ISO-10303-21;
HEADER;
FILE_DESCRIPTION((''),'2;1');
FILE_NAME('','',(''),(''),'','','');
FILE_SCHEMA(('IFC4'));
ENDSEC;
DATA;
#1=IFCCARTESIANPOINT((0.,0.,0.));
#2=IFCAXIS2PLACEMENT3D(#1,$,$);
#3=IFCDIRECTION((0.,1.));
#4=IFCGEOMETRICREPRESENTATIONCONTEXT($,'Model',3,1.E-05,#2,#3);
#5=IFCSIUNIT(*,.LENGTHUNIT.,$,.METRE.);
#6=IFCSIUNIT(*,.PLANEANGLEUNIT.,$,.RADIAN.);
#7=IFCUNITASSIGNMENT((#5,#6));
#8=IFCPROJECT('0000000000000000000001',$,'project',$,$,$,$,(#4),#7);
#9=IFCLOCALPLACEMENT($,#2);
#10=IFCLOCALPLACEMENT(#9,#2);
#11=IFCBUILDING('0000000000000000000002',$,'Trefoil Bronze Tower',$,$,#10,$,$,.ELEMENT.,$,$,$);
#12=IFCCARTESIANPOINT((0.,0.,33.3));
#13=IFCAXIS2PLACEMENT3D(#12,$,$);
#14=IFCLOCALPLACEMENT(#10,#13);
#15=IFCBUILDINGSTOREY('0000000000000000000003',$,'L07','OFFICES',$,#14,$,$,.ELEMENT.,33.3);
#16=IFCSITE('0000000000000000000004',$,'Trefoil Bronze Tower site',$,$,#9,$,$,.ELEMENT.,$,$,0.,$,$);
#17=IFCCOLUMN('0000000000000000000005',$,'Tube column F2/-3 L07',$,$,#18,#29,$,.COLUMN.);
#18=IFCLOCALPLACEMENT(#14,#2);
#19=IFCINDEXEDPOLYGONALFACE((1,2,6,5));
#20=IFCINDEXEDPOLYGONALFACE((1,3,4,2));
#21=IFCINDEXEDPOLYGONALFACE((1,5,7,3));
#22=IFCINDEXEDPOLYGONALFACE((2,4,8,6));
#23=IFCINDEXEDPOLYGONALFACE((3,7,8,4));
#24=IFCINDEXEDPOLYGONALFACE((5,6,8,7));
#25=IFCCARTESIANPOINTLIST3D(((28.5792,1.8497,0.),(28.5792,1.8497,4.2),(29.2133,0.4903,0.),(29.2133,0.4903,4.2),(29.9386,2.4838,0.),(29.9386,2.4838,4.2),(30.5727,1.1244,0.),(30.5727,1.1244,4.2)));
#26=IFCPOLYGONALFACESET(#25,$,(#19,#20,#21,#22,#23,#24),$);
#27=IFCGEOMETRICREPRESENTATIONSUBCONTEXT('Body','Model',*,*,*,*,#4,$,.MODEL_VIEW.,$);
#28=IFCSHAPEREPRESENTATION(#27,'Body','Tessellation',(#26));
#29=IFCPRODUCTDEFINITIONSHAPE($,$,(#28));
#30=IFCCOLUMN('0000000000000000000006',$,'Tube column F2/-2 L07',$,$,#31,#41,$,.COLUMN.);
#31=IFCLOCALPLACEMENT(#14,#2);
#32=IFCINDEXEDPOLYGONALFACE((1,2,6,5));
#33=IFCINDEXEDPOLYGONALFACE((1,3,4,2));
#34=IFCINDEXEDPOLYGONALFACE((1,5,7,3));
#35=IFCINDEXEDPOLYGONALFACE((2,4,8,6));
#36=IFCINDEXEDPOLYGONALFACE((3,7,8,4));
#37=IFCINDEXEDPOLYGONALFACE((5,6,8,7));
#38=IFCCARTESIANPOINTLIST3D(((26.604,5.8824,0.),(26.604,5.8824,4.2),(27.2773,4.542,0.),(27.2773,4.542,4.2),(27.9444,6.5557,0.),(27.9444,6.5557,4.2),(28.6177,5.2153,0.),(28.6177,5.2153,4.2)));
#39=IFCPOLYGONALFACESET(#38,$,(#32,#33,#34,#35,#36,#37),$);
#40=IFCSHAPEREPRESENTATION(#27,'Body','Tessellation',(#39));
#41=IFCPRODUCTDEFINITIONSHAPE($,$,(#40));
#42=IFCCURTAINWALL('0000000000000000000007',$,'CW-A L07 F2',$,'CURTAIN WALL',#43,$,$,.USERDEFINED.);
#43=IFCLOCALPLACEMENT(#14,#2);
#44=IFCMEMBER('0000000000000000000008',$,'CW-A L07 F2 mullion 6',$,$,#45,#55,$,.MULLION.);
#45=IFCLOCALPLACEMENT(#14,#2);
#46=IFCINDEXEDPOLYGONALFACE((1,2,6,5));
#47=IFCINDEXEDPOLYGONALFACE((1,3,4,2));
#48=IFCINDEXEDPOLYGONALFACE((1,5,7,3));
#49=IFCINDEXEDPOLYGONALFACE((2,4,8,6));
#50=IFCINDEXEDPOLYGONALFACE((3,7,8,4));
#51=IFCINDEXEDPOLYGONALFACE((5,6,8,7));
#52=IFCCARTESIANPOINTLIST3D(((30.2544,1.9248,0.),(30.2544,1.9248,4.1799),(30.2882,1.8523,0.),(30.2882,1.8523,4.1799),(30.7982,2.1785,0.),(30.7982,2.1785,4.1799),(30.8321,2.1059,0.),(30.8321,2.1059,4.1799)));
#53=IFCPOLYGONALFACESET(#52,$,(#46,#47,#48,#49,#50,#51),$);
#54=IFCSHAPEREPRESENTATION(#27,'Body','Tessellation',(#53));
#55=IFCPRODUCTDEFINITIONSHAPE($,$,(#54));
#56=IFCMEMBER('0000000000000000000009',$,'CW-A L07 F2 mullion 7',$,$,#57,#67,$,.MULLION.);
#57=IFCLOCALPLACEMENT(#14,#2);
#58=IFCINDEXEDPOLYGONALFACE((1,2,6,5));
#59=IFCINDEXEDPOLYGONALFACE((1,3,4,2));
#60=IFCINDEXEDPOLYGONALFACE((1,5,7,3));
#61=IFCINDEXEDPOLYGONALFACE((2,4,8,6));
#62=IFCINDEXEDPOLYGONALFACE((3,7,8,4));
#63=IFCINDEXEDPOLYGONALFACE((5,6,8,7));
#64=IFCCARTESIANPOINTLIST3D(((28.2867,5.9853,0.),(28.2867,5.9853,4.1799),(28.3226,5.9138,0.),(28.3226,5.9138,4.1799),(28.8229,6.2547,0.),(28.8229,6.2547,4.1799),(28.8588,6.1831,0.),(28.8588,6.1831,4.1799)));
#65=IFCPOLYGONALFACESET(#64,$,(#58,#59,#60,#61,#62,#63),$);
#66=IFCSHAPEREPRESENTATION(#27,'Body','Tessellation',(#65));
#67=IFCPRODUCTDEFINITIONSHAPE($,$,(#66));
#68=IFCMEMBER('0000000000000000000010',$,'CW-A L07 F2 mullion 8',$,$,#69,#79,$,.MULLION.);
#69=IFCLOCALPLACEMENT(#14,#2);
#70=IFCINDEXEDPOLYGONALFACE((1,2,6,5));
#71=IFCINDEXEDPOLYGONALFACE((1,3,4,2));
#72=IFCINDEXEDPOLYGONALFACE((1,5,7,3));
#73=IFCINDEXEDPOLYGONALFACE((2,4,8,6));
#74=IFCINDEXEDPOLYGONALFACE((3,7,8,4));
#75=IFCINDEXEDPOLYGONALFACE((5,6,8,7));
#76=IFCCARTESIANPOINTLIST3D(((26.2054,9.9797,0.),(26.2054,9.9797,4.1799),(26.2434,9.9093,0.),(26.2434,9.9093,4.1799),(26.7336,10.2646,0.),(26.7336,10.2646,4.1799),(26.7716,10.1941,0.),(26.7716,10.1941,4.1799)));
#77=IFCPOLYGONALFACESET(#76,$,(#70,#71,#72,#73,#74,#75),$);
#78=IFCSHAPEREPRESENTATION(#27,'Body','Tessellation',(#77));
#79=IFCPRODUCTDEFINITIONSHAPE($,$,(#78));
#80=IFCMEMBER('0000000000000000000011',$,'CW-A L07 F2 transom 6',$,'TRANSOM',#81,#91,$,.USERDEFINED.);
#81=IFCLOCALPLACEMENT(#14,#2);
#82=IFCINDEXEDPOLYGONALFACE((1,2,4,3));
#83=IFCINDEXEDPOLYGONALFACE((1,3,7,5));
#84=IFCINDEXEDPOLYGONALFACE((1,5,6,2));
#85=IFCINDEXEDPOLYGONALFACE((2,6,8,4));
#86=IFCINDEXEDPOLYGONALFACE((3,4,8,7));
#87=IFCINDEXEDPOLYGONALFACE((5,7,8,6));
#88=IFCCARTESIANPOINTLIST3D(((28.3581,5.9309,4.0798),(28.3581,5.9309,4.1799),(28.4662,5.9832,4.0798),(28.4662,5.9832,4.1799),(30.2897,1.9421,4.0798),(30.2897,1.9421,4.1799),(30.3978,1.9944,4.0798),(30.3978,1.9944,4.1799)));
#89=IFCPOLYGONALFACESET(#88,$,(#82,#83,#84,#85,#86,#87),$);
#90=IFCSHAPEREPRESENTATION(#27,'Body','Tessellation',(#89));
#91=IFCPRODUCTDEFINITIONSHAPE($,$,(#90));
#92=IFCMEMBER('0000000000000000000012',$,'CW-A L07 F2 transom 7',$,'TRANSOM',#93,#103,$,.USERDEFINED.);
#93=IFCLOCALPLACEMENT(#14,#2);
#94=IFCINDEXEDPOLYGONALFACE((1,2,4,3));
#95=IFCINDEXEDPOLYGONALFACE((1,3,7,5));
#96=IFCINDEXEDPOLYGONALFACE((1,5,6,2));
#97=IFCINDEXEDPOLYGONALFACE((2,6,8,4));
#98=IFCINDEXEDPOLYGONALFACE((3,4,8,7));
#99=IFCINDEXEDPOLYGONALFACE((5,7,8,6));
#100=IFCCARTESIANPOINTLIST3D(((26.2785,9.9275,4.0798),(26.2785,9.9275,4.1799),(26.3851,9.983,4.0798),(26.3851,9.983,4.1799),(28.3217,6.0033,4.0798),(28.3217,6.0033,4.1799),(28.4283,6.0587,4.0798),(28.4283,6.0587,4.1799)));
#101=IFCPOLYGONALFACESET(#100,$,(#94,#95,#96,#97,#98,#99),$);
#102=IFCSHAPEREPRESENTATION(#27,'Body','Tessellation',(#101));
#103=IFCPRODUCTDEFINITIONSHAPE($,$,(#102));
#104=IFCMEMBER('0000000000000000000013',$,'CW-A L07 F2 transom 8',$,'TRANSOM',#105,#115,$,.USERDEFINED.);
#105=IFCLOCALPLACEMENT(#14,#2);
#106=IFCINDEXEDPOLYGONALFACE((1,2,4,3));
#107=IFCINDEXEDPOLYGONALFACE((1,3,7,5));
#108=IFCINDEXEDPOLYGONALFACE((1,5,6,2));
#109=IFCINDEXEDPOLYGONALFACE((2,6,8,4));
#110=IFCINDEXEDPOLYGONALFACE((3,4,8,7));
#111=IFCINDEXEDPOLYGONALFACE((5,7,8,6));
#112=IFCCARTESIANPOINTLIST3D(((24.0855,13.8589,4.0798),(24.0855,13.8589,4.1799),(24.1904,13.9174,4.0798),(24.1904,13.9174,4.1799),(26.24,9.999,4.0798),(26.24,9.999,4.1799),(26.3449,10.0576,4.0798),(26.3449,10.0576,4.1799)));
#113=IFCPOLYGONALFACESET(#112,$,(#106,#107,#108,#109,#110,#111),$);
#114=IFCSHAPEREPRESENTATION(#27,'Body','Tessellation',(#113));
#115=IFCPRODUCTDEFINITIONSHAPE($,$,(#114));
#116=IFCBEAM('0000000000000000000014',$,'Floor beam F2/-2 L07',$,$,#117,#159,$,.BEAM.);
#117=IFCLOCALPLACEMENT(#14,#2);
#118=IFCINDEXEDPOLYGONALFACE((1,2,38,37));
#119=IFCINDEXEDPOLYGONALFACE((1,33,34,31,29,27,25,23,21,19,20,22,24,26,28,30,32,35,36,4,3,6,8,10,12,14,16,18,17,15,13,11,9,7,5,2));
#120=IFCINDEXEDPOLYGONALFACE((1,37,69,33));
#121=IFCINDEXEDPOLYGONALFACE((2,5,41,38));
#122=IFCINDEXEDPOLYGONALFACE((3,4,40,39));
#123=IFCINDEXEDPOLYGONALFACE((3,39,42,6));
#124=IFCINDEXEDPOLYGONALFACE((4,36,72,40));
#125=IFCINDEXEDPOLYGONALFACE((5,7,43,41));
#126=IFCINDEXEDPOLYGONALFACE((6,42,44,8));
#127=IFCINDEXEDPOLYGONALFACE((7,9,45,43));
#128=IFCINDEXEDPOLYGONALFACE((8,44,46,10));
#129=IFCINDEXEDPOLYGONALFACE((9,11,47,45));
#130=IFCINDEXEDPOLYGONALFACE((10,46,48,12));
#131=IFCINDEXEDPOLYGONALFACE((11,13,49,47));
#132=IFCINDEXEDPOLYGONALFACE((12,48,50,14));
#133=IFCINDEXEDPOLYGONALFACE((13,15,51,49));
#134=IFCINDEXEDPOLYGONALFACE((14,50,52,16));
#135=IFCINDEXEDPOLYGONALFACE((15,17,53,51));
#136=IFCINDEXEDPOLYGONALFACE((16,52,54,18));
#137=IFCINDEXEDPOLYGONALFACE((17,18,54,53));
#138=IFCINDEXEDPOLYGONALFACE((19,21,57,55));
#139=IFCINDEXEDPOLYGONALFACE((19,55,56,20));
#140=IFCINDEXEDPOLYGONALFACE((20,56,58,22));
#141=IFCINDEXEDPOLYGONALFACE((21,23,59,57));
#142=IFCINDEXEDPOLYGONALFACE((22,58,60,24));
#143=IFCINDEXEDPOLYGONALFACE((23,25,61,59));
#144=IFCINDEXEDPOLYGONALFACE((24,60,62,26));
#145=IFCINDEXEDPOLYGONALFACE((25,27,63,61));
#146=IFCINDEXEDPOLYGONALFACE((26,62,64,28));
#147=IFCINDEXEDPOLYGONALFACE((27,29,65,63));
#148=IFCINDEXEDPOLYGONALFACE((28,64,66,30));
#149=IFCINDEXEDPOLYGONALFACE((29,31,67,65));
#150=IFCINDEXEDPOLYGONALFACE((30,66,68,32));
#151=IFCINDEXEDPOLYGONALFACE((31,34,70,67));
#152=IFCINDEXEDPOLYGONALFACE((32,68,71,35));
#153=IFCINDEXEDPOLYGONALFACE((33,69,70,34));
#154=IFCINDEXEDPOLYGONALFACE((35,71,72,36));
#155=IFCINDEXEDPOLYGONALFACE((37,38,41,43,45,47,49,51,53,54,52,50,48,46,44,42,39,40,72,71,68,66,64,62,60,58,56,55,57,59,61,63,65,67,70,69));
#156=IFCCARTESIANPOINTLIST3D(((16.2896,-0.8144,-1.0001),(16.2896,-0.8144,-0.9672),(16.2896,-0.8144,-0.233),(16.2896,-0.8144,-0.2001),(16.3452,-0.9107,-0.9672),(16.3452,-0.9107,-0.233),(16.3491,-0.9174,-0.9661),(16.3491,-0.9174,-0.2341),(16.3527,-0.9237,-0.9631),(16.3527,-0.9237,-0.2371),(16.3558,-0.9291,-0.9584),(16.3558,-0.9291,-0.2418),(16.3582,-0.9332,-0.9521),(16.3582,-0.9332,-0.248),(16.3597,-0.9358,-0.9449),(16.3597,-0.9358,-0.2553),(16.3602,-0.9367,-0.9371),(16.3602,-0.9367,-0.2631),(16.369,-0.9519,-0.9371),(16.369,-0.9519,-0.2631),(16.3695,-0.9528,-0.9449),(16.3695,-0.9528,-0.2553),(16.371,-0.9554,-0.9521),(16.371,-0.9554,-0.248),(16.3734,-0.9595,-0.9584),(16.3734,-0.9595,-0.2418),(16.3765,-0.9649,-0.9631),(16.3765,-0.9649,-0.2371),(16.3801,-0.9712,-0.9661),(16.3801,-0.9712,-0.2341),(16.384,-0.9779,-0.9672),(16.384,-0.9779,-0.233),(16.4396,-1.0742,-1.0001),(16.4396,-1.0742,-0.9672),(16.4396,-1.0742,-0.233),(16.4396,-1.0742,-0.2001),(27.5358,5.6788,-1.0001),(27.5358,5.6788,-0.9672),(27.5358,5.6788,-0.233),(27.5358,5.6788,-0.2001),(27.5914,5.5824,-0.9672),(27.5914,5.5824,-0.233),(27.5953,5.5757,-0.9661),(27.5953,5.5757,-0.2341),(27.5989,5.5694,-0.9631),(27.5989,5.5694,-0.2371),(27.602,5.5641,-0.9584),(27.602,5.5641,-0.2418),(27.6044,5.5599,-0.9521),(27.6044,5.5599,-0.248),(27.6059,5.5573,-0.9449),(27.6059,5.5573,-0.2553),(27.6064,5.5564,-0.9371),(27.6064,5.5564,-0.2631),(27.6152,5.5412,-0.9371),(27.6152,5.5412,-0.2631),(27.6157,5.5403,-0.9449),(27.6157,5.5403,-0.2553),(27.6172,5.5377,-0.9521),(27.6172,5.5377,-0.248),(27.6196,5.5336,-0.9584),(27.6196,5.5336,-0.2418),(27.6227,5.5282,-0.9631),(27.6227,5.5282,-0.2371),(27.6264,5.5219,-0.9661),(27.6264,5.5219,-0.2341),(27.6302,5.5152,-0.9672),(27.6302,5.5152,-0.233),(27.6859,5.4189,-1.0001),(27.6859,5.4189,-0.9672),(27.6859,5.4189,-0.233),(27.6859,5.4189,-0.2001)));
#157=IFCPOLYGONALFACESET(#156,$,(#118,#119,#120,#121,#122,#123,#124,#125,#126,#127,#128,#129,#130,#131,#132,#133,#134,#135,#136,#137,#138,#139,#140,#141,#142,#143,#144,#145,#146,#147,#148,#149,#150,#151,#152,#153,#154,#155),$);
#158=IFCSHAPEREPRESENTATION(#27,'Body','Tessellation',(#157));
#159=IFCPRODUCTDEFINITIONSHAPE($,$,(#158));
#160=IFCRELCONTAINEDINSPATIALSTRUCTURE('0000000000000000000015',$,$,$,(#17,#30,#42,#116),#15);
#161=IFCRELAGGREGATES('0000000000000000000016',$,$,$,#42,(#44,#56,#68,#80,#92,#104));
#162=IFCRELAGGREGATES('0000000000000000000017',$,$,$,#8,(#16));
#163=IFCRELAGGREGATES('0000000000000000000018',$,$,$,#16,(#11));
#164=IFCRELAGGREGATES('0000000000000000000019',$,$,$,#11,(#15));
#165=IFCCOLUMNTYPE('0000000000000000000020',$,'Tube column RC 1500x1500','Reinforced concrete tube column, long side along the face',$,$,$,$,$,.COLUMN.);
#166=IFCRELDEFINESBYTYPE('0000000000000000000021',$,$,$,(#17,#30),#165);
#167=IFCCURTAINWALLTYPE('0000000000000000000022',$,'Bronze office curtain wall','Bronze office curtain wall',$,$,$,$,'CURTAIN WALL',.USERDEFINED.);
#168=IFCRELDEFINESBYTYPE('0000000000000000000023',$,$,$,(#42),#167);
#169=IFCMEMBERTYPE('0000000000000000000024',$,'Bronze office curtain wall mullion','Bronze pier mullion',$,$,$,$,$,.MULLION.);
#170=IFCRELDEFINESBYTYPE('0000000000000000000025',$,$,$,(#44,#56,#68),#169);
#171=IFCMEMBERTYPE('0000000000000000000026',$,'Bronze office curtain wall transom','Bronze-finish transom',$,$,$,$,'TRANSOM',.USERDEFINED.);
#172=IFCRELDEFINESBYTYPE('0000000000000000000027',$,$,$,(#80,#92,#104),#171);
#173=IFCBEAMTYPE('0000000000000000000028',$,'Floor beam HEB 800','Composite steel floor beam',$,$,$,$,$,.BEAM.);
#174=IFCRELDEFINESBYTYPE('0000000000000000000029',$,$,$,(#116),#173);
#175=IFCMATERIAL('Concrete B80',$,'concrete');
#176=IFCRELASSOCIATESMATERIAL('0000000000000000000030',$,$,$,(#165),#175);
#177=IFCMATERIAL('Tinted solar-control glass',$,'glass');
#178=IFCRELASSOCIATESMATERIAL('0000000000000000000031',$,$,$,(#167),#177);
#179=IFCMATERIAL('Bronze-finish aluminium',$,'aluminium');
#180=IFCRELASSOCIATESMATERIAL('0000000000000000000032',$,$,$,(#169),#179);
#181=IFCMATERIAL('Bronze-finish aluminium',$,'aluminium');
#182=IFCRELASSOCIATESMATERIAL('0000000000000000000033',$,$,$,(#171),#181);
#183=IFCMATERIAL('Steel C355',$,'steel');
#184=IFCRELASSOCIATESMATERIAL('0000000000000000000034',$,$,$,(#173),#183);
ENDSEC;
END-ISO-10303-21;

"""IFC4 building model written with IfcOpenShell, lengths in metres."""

from ifc_helpers import new_model, si_unit, direction, frame, origin, origin_2d, place, context, subcontext, project, spatial, rectangle, i_section, extrude, material, material_profile, profile_set, type_object, element, aggregate, save


model = new_model("IFC4")

# Units and contexts
model_context = context("Model", 3, precision=1e-05, world=origin(), true_north=direction((0.0, 1.0)))
body_context = subcontext(model_context, "Body", "Model", "MODEL_VIEW")
ifc_project = project(units=[si_unit("LENGTHUNIT", "METRE"), si_unit("PLANEANGLEUNIT", "RADIAN")], contexts=[model_context])

# Site, building, storey
site_placement = place(None, origin())
site = spatial("IfcSite", under=ifc_project, at=site_placement, Name="Trefoil Bronze Tower site", CompositionType="ELEMENT", RefElevation=0.0)
building_placement = place(site_placement, origin())
building = spatial("IfcBuilding", under=site, at=building_placement, Name="Trefoil Bronze Tower", CompositionType="ELEMENT")
storey_placement = place(building_placement, frame((0.0, 0.0, 33.3)))
storey = spatial("IfcBuildingStorey", under=building, at=storey_placement, Name="L07", Description="OFFICES", CompositionType="ELEMENT", Elevation=33.3)

# Columns
ifc_material_1 = material(Name="Concrete B80", Category="concrete")
ifc_material_profile_1 = material_profile(ifc_material_1, rectangle(XDim=1.5, YDim=1.5, at=origin_2d()), Name="RC 1500x1500")
ifc_profile_set_1 = profile_set([ifc_material_profile_1], Name="Concrete B80")
column_type = type_object("IfcColumnType", Name="Tube column RC 1500x1500", Description="Reinforced concrete tube column, long side along the face", PredefinedType="COLUMN", material=ifc_profile_set_1)
for number, where, z_axis, x_axis, name in (
    (1, (29.5759, 1.4871, 0.0), (0.0, 0.0, 1.0), (-0.422701, 0.906269, 0.0), "Tube column F2/-3 L07"),
    (2, (27.6108, 5.5488, 0.0), (0.0, 0.0, 1.0), (-0.44889, 0.893587, 0.0), "Tube column F2/-2 L07"),
):
    element("IfcColumn", number, at=place(storey_placement, frame(where, z_axis=z_axis, x_axis=x_axis)), inside=storey, type_object=column_type, Name=name, PredefinedType="COLUMN", context=body_context, shape_type="SweptSolid", body=[
        extrude(rectangle(XDim=1.5, YDim=1.5, at=origin_2d()), origin(), (0.0, 0.0, 1.0), 4.2),
    ])

# Curtain wall, members
ifc_material_2 = material(Name="Tinted solar-control glass", Category="glass")
curtain_wall_type = type_object("IfcCurtainWallType", Name="Bronze office curtain wall", Description="Bronze office curtain wall", ElementType="CURTAIN WALL", PredefinedType="USERDEFINED", material=ifc_material_2)
curtain_wall_placement = place(storey_placement, origin())
curtain_wall = element("IfcCurtainWall", 3, at=curtain_wall_placement, inside=storey, type_object=curtain_wall_type, Name="CW-A L07 F2", ObjectType="CURTAIN WALL", PredefinedType="USERDEFINED")
ifc_material_3 = material(Name="Bronze-finish aluminium", Category="aluminium")
ifc_material_profile_2 = material_profile(ifc_material_3, rectangle(XDim=0.6001, YDim=0.0801, at=origin_2d()), Name="CW-A mullion")
ifc_profile_set_2 = profile_set([ifc_material_profile_2], Name="Bronze-finish aluminium")
member_type_1 = type_object("IfcMemberType", Name="Bronze office curtain wall mullion", Description="Bronze pier mullion", PredefinedType="MULLION", material=ifc_profile_set_2)
member_1_placement = place(storey_placement, frame((30.5432, 2.0154, 0.0), z_axis=(0.0, 0.0, 1.0), x_axis=(-0.906269, -0.422701, 0.0)))
member_1 = element("IfcMember", 4, at=member_1_placement, type_object=member_type_1, Name="CW-A L07 F2 mullion 6", PredefinedType="MULLION", context=body_context, shape_type="SweptSolid", body=[
    extrude(rectangle(XDim=0.6001, YDim=0.0801, at=origin_2d()), origin(), (0.0, 0.0, 1.0), 4.1799),
])
member_2_placement = place(storey_placement, frame((28.5728, 6.0842, 0.0), z_axis=(0.0, 0.0, 1.0), x_axis=(-0.893587, -0.44889, 0.0)))
member_2 = element("IfcMember", 5, at=member_2_placement, type_object=member_type_1, Name="CW-A L07 F2 mullion 7", PredefinedType="MULLION", context=body_context, shape_type="SweptSolid", body=[
    extrude(rectangle(XDim=0.6001, YDim=0.0801, at=origin_2d()), origin(), (0.0, 0.0, 1.0), 4.1799),
])
member_3_placement = place(storey_placement, frame((26.4885, 10.0869, 0.0), z_axis=(0.0, 0.0, 1.0), x_axis=(-0.880171, -0.474656, 0.0)))
member_3 = element("IfcMember", 6, at=member_3_placement, type_object=member_type_1, Name="CW-A L07 F2 mullion 8", PredefinedType="MULLION", context=body_context, shape_type="SweptSolid", body=[
    extrude(rectangle(XDim=0.6001, YDim=0.0801, at=origin_2d()), origin(), (0.0, 0.0, 1.0), 4.1799),
])
ifc_material_4 = material(Name="Bronze-finish aluminium", Category="aluminium")
ifc_material_profile_3 = material_profile(ifc_material_4, rectangle(XDim=0.1201, YDim=0.1001, at=origin_2d()), Name="CW-A transom")
ifc_profile_set_3 = profile_set([ifc_material_profile_3], Name="Bronze-finish aluminium")
member_type_2 = type_object("IfcMemberType", Name="Bronze office curtain wall transom", Description="Bronze-finish transom", ElementType="TRANSOM", PredefinedType="USERDEFINED", material=ifc_profile_set_3)
member_4_placement = place(storey_placement, frame((30.3438, 1.9683, 4.1299), z_axis=(-0.435852, 0.900018, 0.0), x_axis=(-0.900018, -0.435852, 0.0)))
member_4 = element("IfcMember", 7, at=member_4_placement, type_object=member_type_2, Name="CW-A L07 F2 transom 6", ObjectType="TRANSOM", PredefinedType="USERDEFINED", context=body_context, shape_type="SweptSolid", body=[
    extrude(rectangle(XDim=0.1201, YDim=0.1001, at=origin_2d()), origin(), (0.0, 0.0, 1.0), 4.4319),
])
member_5_placement = place(storey_placement, frame((28.375, 6.031, 4.1299), z_axis=(-0.46181, 0.886979, 0.0), x_axis=(-0.886979, -0.46181, 0.0)))
member_5 = element("IfcMember", 8, at=member_5_placement, type_object=member_type_2, Name="CW-A L07 F2 transom 7", ObjectType="TRANSOM", PredefinedType="USERDEFINED", context=body_context, shape_type="SweptSolid", body=[
    extrude(rectangle(XDim=0.1201, YDim=0.1001, at=origin_2d()), origin(), (0.0, 0.0, 1.0), 4.4243),
])
member_6_placement = place(storey_placement, frame((26.2925, 10.0283, 4.1299), z_axis=(-0.4874, 0.873179, 0.0), x_axis=(-0.873179, -0.4874, 0.0)))
member_6 = element("IfcMember", 9, at=member_6_placement, type_object=member_type_2, Name="CW-A L07 F2 transom 8", ObjectType="TRANSOM", PredefinedType="USERDEFINED", context=body_context, shape_type="SweptSolid", body=[
    extrude(rectangle(XDim=0.1201, YDim=0.1001, at=origin_2d()), origin(), (0.0, 0.0, 1.0), 4.4204),
])

# Beam
ifc_material_5 = material(Name="Steel C355", Category="steel")
ifc_material_profile_4 = material_profile(ifc_material_5, i_section(OverallWidth=0.3, OverallDepth=0.8, WebThickness=0.0176, FlangeThickness=0.033, FilletRadius=0.03, at=origin_2d()), Name="HEB 800")
ifc_profile_set_4 = profile_set([ifc_material_profile_4], Name="Steel C355")
beam_type_1 = type_object("IfcBeamType", Name="Floor beam HEB 800", Description="Composite steel floor beam", PredefinedType="BEAM", material=ifc_profile_set_4)
beam_1_placement = place(storey_placement, frame((27.6108, 5.5488, -0.6001), z_axis=(-0.866022, -0.500005, 0.0), x_axis=(0.500005, -0.866022, 0.0)))
element("IfcBeam", 10, at=beam_1_placement, inside=storey, type_object=beam_type_1, Name="Floor beam F2/-2 L07", PredefinedType="BEAM", context=body_context, shape_type="SweptSolid", body=[
    extrude(i_section(OverallWidth=0.3, OverallDepth=0.8, WebThickness=0.0176, FlangeThickness=0.033, FilletRadius=0.03, at=origin_2d()), origin(), (0.0, 0.0, 1.0), 12.9861),
])

aggregate(curtain_wall, [member_1, member_2, member_3, member_4, member_5, member_6])

save(model, "model.ifc")
